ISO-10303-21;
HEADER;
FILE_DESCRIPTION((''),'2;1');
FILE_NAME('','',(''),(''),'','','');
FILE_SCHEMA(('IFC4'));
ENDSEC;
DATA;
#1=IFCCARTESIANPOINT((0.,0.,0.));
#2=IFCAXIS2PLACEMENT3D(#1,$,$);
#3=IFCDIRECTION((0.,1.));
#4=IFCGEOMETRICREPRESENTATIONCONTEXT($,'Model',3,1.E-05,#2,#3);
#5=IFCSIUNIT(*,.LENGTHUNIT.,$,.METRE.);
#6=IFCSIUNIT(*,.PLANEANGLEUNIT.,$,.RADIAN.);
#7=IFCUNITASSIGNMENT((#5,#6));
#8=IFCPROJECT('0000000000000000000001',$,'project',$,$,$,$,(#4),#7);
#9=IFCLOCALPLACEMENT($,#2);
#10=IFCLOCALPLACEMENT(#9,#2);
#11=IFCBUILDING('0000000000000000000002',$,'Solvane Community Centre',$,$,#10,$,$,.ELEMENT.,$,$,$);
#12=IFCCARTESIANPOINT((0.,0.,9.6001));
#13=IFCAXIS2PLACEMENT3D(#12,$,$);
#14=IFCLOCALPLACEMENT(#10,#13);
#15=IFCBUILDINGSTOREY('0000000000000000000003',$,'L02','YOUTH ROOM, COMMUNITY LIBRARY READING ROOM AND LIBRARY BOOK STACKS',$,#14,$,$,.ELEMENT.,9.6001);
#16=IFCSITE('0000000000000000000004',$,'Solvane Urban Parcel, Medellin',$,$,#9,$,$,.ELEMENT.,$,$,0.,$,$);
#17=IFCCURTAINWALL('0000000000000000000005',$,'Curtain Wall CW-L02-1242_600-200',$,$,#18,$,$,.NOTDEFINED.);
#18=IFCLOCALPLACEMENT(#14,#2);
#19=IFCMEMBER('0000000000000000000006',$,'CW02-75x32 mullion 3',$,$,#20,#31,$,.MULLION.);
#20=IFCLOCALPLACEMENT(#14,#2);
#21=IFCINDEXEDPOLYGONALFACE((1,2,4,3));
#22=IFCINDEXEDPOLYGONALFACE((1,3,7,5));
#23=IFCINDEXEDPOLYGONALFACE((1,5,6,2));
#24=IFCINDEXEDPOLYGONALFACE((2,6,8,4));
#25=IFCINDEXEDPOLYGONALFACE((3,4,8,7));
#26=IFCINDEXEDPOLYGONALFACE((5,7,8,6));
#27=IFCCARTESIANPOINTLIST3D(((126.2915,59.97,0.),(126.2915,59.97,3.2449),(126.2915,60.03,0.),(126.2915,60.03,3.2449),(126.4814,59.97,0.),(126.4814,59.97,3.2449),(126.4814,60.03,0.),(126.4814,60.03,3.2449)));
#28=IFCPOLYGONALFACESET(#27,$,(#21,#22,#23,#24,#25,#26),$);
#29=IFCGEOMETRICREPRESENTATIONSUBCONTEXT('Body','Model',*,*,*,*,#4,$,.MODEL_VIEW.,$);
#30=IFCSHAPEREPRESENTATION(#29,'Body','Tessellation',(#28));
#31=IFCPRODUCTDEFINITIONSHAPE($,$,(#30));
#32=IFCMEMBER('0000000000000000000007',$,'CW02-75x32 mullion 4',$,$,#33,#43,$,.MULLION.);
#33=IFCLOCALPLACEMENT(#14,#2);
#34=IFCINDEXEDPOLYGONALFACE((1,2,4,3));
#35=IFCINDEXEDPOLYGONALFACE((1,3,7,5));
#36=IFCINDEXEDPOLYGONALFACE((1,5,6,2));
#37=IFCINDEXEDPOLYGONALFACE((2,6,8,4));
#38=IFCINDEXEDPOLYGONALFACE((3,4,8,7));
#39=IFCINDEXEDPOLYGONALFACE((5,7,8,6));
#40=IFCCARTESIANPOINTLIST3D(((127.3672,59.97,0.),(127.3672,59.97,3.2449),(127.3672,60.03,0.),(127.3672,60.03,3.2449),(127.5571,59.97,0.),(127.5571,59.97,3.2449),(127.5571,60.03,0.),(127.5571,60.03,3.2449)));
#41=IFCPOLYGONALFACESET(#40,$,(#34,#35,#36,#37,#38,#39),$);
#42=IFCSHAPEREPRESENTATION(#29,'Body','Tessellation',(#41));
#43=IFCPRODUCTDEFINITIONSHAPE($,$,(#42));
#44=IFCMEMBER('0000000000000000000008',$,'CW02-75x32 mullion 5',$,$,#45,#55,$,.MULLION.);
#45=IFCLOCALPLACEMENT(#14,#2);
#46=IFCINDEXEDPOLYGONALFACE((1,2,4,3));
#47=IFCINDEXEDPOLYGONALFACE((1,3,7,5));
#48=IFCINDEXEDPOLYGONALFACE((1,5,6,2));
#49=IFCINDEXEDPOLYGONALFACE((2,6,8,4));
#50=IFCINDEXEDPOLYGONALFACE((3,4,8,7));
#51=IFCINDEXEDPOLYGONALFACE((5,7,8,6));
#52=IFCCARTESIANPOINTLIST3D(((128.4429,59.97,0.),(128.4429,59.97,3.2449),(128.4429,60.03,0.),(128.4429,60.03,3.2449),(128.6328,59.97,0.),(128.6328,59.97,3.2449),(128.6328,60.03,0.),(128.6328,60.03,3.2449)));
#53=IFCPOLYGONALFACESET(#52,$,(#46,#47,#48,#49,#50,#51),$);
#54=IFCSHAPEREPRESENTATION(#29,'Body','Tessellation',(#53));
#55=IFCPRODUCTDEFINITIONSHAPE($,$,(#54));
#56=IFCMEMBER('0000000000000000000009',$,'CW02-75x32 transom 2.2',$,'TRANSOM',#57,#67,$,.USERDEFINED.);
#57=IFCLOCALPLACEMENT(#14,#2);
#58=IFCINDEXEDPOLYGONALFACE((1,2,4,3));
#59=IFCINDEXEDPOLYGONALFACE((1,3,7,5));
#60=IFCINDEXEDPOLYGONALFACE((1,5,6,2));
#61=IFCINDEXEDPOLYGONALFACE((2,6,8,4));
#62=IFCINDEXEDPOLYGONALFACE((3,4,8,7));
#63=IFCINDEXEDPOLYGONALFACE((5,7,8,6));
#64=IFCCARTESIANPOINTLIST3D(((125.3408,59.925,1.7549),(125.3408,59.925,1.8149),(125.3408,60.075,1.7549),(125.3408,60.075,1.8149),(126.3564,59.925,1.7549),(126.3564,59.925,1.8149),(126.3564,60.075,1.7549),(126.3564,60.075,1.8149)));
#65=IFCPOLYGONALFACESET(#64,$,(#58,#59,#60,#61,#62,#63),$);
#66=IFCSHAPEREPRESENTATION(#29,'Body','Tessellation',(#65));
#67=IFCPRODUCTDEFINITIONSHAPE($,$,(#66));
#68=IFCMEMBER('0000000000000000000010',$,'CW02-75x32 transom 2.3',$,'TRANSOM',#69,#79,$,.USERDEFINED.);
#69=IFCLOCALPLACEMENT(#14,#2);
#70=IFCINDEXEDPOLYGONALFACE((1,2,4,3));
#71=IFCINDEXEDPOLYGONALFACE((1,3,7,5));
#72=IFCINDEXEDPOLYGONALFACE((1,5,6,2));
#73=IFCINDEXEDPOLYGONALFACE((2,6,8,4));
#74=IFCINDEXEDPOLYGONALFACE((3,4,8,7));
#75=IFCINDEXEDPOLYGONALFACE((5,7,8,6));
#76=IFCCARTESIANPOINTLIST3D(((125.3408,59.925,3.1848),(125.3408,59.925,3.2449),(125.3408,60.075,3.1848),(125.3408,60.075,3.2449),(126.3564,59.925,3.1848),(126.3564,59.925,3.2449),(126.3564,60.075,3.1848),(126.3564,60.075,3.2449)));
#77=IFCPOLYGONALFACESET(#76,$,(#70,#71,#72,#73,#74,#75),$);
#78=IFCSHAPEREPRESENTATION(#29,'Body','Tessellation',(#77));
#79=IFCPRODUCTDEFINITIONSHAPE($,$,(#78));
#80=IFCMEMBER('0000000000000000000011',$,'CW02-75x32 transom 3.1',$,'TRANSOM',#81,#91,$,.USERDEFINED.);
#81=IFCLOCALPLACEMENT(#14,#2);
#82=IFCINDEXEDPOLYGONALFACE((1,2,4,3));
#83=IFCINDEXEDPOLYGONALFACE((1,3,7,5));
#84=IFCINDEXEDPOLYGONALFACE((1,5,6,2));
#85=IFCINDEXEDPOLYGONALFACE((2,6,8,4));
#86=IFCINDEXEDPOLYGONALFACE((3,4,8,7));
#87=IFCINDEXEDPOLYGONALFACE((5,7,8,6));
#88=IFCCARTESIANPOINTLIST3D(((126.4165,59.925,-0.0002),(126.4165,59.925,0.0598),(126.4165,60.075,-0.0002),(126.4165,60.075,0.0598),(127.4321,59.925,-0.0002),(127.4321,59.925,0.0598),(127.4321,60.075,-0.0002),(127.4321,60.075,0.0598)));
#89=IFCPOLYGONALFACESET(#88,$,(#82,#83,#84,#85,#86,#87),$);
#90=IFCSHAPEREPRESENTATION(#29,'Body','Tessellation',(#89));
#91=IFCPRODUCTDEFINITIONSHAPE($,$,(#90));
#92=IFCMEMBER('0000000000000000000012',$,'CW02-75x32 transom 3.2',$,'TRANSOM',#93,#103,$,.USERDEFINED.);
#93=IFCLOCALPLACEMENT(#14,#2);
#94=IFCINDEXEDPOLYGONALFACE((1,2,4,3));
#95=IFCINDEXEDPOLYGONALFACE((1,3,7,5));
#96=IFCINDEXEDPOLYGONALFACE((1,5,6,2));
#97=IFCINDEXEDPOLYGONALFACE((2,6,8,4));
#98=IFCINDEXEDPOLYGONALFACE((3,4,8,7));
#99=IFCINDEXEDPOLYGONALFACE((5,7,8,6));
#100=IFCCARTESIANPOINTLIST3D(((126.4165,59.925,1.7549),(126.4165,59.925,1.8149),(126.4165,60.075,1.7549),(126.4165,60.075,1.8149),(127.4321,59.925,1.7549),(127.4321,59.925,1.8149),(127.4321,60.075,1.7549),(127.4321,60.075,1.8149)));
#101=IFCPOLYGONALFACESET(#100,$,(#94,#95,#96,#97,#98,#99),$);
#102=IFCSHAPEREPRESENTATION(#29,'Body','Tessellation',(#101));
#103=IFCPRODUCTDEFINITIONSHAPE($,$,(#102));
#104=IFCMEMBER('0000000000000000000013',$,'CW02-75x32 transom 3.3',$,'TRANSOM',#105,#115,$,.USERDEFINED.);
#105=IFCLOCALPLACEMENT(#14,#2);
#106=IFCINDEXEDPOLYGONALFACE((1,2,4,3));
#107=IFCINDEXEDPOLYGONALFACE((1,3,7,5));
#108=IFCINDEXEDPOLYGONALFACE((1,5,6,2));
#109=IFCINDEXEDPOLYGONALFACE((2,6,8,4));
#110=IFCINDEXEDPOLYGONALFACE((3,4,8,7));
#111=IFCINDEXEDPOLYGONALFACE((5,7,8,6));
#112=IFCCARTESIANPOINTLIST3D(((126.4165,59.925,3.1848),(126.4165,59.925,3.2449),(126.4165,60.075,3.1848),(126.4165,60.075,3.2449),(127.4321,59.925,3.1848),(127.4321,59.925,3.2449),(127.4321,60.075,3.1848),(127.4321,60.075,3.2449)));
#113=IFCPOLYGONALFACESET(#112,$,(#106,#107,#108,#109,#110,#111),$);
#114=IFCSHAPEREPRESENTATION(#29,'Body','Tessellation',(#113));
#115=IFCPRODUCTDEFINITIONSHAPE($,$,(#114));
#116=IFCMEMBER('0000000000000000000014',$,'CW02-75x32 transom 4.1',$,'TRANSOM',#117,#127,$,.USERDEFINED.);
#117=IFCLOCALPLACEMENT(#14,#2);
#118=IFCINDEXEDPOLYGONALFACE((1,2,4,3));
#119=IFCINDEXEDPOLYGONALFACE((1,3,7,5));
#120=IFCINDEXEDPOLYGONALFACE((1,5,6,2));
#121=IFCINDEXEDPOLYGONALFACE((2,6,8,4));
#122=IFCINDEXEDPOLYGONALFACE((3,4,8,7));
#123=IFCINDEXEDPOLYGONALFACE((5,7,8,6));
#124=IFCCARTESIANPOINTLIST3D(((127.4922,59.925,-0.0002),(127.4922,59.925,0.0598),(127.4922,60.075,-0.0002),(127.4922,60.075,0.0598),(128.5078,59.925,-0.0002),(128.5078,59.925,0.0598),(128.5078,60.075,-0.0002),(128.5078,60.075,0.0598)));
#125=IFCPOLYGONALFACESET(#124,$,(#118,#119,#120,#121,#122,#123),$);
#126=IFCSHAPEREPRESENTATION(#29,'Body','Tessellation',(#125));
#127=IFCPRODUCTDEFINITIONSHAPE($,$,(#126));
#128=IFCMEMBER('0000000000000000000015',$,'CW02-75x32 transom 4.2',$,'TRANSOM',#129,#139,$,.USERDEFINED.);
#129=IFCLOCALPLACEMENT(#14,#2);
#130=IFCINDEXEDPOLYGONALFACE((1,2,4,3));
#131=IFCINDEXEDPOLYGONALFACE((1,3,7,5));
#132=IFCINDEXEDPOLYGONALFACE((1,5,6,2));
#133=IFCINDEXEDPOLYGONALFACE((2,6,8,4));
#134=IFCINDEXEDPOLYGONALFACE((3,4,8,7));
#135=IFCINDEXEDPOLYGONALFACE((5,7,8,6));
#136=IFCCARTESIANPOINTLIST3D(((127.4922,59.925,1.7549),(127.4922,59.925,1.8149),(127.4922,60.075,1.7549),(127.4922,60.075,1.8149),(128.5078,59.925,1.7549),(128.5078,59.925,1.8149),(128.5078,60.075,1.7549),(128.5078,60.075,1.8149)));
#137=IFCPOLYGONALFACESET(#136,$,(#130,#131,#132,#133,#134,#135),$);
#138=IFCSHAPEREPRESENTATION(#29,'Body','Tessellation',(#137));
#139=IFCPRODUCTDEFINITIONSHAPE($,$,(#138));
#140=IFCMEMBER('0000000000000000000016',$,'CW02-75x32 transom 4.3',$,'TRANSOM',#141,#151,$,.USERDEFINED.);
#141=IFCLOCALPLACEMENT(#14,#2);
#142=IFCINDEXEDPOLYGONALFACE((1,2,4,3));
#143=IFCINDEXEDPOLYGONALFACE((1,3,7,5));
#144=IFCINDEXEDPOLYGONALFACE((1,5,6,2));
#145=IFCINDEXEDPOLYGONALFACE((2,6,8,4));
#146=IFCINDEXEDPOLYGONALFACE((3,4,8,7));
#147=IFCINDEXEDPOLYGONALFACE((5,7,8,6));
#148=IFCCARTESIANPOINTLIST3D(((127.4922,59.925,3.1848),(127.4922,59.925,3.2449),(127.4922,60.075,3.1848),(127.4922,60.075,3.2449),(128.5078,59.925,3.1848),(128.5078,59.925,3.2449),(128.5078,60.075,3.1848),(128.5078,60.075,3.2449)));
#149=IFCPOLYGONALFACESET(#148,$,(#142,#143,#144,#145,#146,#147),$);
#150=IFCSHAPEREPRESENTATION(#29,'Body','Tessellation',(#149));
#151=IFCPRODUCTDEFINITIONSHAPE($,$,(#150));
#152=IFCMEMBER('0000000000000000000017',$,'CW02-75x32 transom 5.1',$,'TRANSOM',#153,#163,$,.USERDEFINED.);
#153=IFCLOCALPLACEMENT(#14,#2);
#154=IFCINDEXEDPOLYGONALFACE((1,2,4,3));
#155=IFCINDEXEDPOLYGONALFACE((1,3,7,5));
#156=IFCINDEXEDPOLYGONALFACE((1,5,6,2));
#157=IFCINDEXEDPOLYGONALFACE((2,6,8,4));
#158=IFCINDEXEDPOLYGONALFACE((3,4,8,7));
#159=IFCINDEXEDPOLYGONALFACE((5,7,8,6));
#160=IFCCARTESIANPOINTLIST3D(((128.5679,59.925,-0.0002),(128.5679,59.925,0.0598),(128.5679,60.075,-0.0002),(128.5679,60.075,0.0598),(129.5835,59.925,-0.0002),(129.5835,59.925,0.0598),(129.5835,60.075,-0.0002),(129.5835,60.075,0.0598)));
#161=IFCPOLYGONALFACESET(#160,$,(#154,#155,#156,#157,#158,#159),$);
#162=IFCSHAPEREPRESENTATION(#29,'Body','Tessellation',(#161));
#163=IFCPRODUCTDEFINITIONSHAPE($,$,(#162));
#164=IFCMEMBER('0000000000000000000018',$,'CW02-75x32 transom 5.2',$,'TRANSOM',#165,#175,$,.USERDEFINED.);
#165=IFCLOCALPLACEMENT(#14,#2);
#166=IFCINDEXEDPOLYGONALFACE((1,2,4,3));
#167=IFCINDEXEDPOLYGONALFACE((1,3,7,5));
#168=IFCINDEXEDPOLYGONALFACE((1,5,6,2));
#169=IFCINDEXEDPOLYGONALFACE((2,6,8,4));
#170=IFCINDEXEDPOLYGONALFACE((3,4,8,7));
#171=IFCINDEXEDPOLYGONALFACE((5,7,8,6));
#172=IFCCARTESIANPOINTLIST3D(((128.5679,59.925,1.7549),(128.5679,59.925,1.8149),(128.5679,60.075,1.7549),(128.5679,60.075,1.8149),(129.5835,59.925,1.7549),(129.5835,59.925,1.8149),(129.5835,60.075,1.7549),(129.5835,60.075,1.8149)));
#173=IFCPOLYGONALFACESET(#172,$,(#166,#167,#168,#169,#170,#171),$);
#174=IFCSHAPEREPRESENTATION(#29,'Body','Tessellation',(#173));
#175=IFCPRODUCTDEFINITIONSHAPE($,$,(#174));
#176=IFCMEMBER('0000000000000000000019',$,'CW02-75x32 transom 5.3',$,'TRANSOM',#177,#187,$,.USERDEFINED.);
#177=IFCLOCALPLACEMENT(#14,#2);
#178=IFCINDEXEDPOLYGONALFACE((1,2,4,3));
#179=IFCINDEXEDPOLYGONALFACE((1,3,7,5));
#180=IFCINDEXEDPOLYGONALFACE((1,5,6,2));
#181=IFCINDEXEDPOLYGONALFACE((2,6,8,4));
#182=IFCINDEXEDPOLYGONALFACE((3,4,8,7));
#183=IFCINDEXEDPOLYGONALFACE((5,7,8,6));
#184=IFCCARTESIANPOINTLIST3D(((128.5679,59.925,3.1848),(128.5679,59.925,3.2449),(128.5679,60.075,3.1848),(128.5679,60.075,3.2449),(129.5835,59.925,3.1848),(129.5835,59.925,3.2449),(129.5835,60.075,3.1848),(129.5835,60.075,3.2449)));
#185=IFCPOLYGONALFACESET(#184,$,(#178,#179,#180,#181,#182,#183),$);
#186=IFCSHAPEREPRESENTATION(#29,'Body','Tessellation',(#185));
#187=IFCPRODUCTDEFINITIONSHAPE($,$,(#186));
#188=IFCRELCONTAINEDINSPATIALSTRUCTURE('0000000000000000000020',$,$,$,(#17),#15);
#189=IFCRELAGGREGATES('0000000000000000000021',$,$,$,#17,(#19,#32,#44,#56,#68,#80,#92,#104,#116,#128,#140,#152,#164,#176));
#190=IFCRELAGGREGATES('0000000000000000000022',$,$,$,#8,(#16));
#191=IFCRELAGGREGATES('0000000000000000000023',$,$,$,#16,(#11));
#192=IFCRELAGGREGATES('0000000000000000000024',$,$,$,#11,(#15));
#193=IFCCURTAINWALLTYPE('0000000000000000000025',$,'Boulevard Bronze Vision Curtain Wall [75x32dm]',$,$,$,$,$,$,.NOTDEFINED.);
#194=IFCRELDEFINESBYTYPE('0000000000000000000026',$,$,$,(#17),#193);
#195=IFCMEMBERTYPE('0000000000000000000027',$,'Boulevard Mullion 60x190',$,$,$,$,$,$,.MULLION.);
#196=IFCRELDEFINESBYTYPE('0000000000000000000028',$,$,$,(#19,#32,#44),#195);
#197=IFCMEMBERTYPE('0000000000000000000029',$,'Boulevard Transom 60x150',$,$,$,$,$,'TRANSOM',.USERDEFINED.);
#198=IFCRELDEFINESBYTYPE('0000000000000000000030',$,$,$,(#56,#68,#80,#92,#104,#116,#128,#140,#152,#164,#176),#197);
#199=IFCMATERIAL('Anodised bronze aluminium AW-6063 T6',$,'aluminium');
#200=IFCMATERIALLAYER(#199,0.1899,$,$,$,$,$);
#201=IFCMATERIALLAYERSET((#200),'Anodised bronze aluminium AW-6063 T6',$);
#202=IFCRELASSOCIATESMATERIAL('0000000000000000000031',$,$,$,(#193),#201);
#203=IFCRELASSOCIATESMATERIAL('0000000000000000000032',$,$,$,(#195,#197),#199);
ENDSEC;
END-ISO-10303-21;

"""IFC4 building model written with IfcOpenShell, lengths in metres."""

from ifc_helpers import new_model, si_unit, direction, frame, origin, origin_2d, place, context, subcontext, project, spatial, rectangle, extrude, material, layer, layer_set, material_profile, profile_set, type_object, element, aggregate, save


model = new_model("IFC4")

# Units and contexts
model_context = context("Model", 3, precision=1e-05, world=origin(), true_north=direction((0.0, 1.0)))
body_context = subcontext(model_context, "Body", "Model", "MODEL_VIEW")
ifc_project = project(units=[si_unit("LENGTHUNIT", "METRE"), si_unit("PLANEANGLEUNIT", "RADIAN")], contexts=[model_context])

# Site, building, storey
site_placement = place(None, origin())
site = spatial("IfcSite", under=ifc_project, at=site_placement, Name="Solvane Urban Parcel, Medellin", CompositionType="ELEMENT", RefElevation=0.0)
building_placement = place(site_placement, origin())
building = spatial("IfcBuilding", under=site, at=building_placement, Name="Solvane Community Centre", CompositionType="ELEMENT")
storey_placement = place(building_placement, frame((0.0, 0.0, 9.6001)))
storey = spatial("IfcBuildingStorey", under=building, at=storey_placement, Name="L02", Description="YOUTH ROOM, COMMUNITY LIBRARY READING ROOM AND LIBRARY BOOK STACKS", CompositionType="ELEMENT", Elevation=9.6001)

# Curtain wall, members
ifc_material_1 = material(Name="Anodised bronze aluminium AW-6063 T6", Category="aluminium")
ifc_layer_1 = layer(ifc_material_1, 0.1899)
ifc_layer_set_1 = layer_set([ifc_layer_1], Name="Anodised bronze aluminium AW-6063 T6")
curtain_wall_type = type_object("IfcCurtainWallType", Name="Boulevard Bronze Vision Curtain Wall [75x32dm]", PredefinedType="NOTDEFINED", material=ifc_layer_set_1)
curtain_wall_placement = place(storey_placement, origin())
curtain_wall = element("IfcCurtainWall", 1, at=curtain_wall_placement, inside=storey, type_object=curtain_wall_type, Name="Curtain Wall CW-L02-1242_600-200", PredefinedType="NOTDEFINED")
ifc_material_profile_1 = material_profile(ifc_material_1, rectangle(XDim=0.0601, YDim=0.1899, at=origin_2d()), Name="CW-M 60x190")
ifc_profile_set_1 = profile_set([ifc_material_profile_1], Name="Anodised bronze aluminium AW-6063 T6")
member_type_1 = type_object("IfcMemberType", Name="Boulevard Mullion 60x190", PredefinedType="MULLION", material=ifc_profile_set_1)
member_1_placement = place(storey_placement, frame((126.3865, 60.0, 0.0), z_axis=(0.0, 0.0, 1.0), x_axis=(0.0, 1.0, 0.0)))
member_1 = element("IfcMember", 2, at=member_1_placement, type_object=member_type_1, Name="CW02-75x32 mullion 3", PredefinedType="MULLION", context=body_context, shape_type="SweptSolid", body=[
    extrude(rectangle(XDim=0.0601, YDim=0.1899, at=origin_2d()), origin(), (0.0, 0.0, 1.0), 3.2449),
])
member_2_placement = place(storey_placement, frame((127.4622, 60.0, 0.0), z_axis=(0.0, 0.0, 1.0), x_axis=(0.0, 1.0, 0.0)))
member_2 = element("IfcMember", 3, at=member_2_placement, type_object=member_type_1, Name="CW02-75x32 mullion 4", PredefinedType="MULLION", context=body_context, shape_type="SweptSolid", body=[
    extrude(rectangle(XDim=0.0601, YDim=0.1899, at=origin_2d()), origin(), (0.0, 0.0, 1.0), 3.2449),
])
member_3_placement = place(storey_placement, frame((128.5378, 60.0, 0.0), z_axis=(0.0, 0.0, 1.0), x_axis=(0.0, 1.0, 0.0)))
member_3 = element("IfcMember", 4, at=member_3_placement, type_object=member_type_1, Name="CW02-75x32 mullion 5", PredefinedType="MULLION", context=body_context, shape_type="SweptSolid", body=[
    extrude(rectangle(XDim=0.0601, YDim=0.1899, at=origin_2d()), origin(), (0.0, 0.0, 1.0), 3.2449),
])
ifc_material_profile_2 = material_profile(ifc_material_1, rectangle(XDim=0.1499, YDim=0.0601, at=origin_2d()), Name="CW-T 60x150")
ifc_profile_set_2 = profile_set([ifc_material_profile_2], Name="Anodised bronze aluminium AW-6063 T6")
member_type_2 = type_object("IfcMemberType", Name="Boulevard Transom 60x150", ElementType="TRANSOM", PredefinedType="USERDEFINED", material=ifc_profile_set_2)
member_4_placement = place(storey_placement, frame((125.3408, 60.0, 1.7849), z_axis=(1.0, 0.0, 0.0), x_axis=(0.0, 1.0, 0.0)))
member_4 = element("IfcMember", 5, at=member_4_placement, type_object=member_type_2, Name="CW02-75x32 transom 2.2", ObjectType="TRANSOM", PredefinedType="USERDEFINED", context=body_context, shape_type="SweptSolid", body=[
    extrude(rectangle(XDim=0.1499, YDim=0.0601, at=origin_2d()), origin(), (0.0, 0.0, 1.0), 1.0156),
])
member_5_placement = place(storey_placement, frame((125.3408, 60.0, 3.2148), z_axis=(1.0, 0.0, 0.0), x_axis=(0.0, 1.0, 0.0)))
member_5 = element("IfcMember", 6, at=member_5_placement, type_object=member_type_2, Name="CW02-75x32 transom 2.3", ObjectType="TRANSOM", PredefinedType="USERDEFINED", context=body_context, shape_type="SweptSolid", body=[
    extrude(rectangle(XDim=0.1499, YDim=0.0601, at=origin_2d()), origin(), (0.0, 0.0, 1.0), 1.0156),
])
member_6_placement = place(storey_placement, frame((126.4165, 60.0, 0.0298), z_axis=(1.0, 0.0, 0.0), x_axis=(0.0, 1.0, 0.0)))
member_6 = element("IfcMember", 7, at=member_6_placement, type_object=member_type_2, Name="CW02-75x32 transom 3.1", ObjectType="TRANSOM", PredefinedType="USERDEFINED", context=body_context, shape_type="SweptSolid", body=[
    extrude(rectangle(XDim=0.1499, YDim=0.0601, at=origin_2d()), origin(), (0.0, 0.0, 1.0), 1.0156),
])
member_7_placement = place(storey_placement, frame((126.4165, 60.0, 1.7849), z_axis=(1.0, 0.0, 0.0), x_axis=(0.0, 1.0, 0.0)))
member_7 = element("IfcMember", 8, at=member_7_placement, type_object=member_type_2, Name="CW02-75x32 transom 3.2", ObjectType="TRANSOM", PredefinedType="USERDEFINED", context=body_context, shape_type="SweptSolid", body=[
    extrude(rectangle(XDim=0.1499, YDim=0.0601, at=origin_2d()), origin(), (0.0, 0.0, 1.0), 1.0156),
])
member_8_placement = place(storey_placement, frame((126.4165, 60.0, 3.2148), z_axis=(1.0, 0.0, 0.0), x_axis=(0.0, 1.0, 0.0)))
member_8 = element("IfcMember", 9, at=member_8_placement, type_object=member_type_2, Name="CW02-75x32 transom 3.3", ObjectType="TRANSOM", PredefinedType="USERDEFINED", context=body_context, shape_type="SweptSolid", body=[
    extrude(rectangle(XDim=0.1499, YDim=0.0601, at=origin_2d()), origin(), (0.0, 0.0, 1.0), 1.0156),
])
member_9_placement = place(storey_placement, frame((127.4922, 60.0, 0.0298), z_axis=(1.0, 0.0, 0.0), x_axis=(0.0, 1.0, 0.0)))
member_9 = element("IfcMember", 10, at=member_9_placement, type_object=member_type_2, Name="CW02-75x32 transom 4.1", ObjectType="TRANSOM", PredefinedType="USERDEFINED", context=body_context, shape_type="SweptSolid", body=[
    extrude(rectangle(XDim=0.1499, YDim=0.0601, at=origin_2d()), origin(), (0.0, 0.0, 1.0), 1.0156),
])
member_10_placement = place(storey_placement, frame((127.4922, 60.0, 1.7849), z_axis=(1.0, 0.0, 0.0), x_axis=(0.0, 1.0, 0.0)))
member_10 = element("IfcMember", 11, at=member_10_placement, type_object=member_type_2, Name="CW02-75x32 transom 4.2", ObjectType="TRANSOM", PredefinedType="USERDEFINED", context=body_context, shape_type="SweptSolid", body=[
    extrude(rectangle(XDim=0.1499, YDim=0.0601, at=origin_2d()), origin(), (0.0, 0.0, 1.0), 1.0156),
])
member_11_placement = place(storey_placement, frame((127.4922, 60.0, 3.2148), z_axis=(1.0, 0.0, 0.0), x_axis=(0.0, 1.0, 0.0)))
member_11 = element("IfcMember", 12, at=member_11_placement, type_object=member_type_2, Name="CW02-75x32 transom 4.3", ObjectType="TRANSOM", PredefinedType="USERDEFINED", context=body_context, shape_type="SweptSolid", body=[
    extrude(rectangle(XDim=0.1499, YDim=0.0601, at=origin_2d()), origin(), (0.0, 0.0, 1.0), 1.0156),
])
member_12_placement = place(storey_placement, frame((128.5679, 60.0, 0.0298), z_axis=(1.0, 0.0, 0.0), x_axis=(0.0, 1.0, 0.0)))
member_12 = element("IfcMember", 13, at=member_12_placement, type_object=member_type_2, Name="CW02-75x32 transom 5.1", ObjectType="TRANSOM", PredefinedType="USERDEFINED", context=body_context, shape_type="SweptSolid", body=[
    extrude(rectangle(XDim=0.1499, YDim=0.0601, at=origin_2d()), origin(), (0.0, 0.0, 1.0), 1.0156),
])
member_13_placement = place(storey_placement, frame((128.5679, 60.0, 1.7849), z_axis=(1.0, 0.0, 0.0), x_axis=(0.0, 1.0, 0.0)))
member_13 = element("IfcMember", 14, at=member_13_placement, type_object=member_type_2, Name="CW02-75x32 transom 5.2", ObjectType="TRANSOM", PredefinedType="USERDEFINED", context=body_context, shape_type="SweptSolid", body=[
    extrude(rectangle(XDim=0.1499, YDim=0.0601, at=origin_2d()), origin(), (0.0, 0.0, 1.0), 1.0156),
])
member_14_placement = place(storey_placement, frame((128.5679, 60.0, 3.2148), z_axis=(1.0, 0.0, 0.0), x_axis=(0.0, 1.0, 0.0)))
member_14 = element("IfcMember", 15, at=member_14_placement, type_object=member_type_2, Name="CW02-75x32 transom 5.3", ObjectType="TRANSOM", PredefinedType="USERDEFINED", context=body_context, shape_type="SweptSolid", body=[
    extrude(rectangle(XDim=0.1499, YDim=0.0601, at=origin_2d()), origin(), (0.0, 0.0, 1.0), 1.0156),
])
aggregate(curtain_wall, [member_1, member_2, member_3, member_4, member_5, member_6, member_7, member_8, member_9, member_10, member_11, member_12, member_13, member_14])

save(model, "model.ifc")
